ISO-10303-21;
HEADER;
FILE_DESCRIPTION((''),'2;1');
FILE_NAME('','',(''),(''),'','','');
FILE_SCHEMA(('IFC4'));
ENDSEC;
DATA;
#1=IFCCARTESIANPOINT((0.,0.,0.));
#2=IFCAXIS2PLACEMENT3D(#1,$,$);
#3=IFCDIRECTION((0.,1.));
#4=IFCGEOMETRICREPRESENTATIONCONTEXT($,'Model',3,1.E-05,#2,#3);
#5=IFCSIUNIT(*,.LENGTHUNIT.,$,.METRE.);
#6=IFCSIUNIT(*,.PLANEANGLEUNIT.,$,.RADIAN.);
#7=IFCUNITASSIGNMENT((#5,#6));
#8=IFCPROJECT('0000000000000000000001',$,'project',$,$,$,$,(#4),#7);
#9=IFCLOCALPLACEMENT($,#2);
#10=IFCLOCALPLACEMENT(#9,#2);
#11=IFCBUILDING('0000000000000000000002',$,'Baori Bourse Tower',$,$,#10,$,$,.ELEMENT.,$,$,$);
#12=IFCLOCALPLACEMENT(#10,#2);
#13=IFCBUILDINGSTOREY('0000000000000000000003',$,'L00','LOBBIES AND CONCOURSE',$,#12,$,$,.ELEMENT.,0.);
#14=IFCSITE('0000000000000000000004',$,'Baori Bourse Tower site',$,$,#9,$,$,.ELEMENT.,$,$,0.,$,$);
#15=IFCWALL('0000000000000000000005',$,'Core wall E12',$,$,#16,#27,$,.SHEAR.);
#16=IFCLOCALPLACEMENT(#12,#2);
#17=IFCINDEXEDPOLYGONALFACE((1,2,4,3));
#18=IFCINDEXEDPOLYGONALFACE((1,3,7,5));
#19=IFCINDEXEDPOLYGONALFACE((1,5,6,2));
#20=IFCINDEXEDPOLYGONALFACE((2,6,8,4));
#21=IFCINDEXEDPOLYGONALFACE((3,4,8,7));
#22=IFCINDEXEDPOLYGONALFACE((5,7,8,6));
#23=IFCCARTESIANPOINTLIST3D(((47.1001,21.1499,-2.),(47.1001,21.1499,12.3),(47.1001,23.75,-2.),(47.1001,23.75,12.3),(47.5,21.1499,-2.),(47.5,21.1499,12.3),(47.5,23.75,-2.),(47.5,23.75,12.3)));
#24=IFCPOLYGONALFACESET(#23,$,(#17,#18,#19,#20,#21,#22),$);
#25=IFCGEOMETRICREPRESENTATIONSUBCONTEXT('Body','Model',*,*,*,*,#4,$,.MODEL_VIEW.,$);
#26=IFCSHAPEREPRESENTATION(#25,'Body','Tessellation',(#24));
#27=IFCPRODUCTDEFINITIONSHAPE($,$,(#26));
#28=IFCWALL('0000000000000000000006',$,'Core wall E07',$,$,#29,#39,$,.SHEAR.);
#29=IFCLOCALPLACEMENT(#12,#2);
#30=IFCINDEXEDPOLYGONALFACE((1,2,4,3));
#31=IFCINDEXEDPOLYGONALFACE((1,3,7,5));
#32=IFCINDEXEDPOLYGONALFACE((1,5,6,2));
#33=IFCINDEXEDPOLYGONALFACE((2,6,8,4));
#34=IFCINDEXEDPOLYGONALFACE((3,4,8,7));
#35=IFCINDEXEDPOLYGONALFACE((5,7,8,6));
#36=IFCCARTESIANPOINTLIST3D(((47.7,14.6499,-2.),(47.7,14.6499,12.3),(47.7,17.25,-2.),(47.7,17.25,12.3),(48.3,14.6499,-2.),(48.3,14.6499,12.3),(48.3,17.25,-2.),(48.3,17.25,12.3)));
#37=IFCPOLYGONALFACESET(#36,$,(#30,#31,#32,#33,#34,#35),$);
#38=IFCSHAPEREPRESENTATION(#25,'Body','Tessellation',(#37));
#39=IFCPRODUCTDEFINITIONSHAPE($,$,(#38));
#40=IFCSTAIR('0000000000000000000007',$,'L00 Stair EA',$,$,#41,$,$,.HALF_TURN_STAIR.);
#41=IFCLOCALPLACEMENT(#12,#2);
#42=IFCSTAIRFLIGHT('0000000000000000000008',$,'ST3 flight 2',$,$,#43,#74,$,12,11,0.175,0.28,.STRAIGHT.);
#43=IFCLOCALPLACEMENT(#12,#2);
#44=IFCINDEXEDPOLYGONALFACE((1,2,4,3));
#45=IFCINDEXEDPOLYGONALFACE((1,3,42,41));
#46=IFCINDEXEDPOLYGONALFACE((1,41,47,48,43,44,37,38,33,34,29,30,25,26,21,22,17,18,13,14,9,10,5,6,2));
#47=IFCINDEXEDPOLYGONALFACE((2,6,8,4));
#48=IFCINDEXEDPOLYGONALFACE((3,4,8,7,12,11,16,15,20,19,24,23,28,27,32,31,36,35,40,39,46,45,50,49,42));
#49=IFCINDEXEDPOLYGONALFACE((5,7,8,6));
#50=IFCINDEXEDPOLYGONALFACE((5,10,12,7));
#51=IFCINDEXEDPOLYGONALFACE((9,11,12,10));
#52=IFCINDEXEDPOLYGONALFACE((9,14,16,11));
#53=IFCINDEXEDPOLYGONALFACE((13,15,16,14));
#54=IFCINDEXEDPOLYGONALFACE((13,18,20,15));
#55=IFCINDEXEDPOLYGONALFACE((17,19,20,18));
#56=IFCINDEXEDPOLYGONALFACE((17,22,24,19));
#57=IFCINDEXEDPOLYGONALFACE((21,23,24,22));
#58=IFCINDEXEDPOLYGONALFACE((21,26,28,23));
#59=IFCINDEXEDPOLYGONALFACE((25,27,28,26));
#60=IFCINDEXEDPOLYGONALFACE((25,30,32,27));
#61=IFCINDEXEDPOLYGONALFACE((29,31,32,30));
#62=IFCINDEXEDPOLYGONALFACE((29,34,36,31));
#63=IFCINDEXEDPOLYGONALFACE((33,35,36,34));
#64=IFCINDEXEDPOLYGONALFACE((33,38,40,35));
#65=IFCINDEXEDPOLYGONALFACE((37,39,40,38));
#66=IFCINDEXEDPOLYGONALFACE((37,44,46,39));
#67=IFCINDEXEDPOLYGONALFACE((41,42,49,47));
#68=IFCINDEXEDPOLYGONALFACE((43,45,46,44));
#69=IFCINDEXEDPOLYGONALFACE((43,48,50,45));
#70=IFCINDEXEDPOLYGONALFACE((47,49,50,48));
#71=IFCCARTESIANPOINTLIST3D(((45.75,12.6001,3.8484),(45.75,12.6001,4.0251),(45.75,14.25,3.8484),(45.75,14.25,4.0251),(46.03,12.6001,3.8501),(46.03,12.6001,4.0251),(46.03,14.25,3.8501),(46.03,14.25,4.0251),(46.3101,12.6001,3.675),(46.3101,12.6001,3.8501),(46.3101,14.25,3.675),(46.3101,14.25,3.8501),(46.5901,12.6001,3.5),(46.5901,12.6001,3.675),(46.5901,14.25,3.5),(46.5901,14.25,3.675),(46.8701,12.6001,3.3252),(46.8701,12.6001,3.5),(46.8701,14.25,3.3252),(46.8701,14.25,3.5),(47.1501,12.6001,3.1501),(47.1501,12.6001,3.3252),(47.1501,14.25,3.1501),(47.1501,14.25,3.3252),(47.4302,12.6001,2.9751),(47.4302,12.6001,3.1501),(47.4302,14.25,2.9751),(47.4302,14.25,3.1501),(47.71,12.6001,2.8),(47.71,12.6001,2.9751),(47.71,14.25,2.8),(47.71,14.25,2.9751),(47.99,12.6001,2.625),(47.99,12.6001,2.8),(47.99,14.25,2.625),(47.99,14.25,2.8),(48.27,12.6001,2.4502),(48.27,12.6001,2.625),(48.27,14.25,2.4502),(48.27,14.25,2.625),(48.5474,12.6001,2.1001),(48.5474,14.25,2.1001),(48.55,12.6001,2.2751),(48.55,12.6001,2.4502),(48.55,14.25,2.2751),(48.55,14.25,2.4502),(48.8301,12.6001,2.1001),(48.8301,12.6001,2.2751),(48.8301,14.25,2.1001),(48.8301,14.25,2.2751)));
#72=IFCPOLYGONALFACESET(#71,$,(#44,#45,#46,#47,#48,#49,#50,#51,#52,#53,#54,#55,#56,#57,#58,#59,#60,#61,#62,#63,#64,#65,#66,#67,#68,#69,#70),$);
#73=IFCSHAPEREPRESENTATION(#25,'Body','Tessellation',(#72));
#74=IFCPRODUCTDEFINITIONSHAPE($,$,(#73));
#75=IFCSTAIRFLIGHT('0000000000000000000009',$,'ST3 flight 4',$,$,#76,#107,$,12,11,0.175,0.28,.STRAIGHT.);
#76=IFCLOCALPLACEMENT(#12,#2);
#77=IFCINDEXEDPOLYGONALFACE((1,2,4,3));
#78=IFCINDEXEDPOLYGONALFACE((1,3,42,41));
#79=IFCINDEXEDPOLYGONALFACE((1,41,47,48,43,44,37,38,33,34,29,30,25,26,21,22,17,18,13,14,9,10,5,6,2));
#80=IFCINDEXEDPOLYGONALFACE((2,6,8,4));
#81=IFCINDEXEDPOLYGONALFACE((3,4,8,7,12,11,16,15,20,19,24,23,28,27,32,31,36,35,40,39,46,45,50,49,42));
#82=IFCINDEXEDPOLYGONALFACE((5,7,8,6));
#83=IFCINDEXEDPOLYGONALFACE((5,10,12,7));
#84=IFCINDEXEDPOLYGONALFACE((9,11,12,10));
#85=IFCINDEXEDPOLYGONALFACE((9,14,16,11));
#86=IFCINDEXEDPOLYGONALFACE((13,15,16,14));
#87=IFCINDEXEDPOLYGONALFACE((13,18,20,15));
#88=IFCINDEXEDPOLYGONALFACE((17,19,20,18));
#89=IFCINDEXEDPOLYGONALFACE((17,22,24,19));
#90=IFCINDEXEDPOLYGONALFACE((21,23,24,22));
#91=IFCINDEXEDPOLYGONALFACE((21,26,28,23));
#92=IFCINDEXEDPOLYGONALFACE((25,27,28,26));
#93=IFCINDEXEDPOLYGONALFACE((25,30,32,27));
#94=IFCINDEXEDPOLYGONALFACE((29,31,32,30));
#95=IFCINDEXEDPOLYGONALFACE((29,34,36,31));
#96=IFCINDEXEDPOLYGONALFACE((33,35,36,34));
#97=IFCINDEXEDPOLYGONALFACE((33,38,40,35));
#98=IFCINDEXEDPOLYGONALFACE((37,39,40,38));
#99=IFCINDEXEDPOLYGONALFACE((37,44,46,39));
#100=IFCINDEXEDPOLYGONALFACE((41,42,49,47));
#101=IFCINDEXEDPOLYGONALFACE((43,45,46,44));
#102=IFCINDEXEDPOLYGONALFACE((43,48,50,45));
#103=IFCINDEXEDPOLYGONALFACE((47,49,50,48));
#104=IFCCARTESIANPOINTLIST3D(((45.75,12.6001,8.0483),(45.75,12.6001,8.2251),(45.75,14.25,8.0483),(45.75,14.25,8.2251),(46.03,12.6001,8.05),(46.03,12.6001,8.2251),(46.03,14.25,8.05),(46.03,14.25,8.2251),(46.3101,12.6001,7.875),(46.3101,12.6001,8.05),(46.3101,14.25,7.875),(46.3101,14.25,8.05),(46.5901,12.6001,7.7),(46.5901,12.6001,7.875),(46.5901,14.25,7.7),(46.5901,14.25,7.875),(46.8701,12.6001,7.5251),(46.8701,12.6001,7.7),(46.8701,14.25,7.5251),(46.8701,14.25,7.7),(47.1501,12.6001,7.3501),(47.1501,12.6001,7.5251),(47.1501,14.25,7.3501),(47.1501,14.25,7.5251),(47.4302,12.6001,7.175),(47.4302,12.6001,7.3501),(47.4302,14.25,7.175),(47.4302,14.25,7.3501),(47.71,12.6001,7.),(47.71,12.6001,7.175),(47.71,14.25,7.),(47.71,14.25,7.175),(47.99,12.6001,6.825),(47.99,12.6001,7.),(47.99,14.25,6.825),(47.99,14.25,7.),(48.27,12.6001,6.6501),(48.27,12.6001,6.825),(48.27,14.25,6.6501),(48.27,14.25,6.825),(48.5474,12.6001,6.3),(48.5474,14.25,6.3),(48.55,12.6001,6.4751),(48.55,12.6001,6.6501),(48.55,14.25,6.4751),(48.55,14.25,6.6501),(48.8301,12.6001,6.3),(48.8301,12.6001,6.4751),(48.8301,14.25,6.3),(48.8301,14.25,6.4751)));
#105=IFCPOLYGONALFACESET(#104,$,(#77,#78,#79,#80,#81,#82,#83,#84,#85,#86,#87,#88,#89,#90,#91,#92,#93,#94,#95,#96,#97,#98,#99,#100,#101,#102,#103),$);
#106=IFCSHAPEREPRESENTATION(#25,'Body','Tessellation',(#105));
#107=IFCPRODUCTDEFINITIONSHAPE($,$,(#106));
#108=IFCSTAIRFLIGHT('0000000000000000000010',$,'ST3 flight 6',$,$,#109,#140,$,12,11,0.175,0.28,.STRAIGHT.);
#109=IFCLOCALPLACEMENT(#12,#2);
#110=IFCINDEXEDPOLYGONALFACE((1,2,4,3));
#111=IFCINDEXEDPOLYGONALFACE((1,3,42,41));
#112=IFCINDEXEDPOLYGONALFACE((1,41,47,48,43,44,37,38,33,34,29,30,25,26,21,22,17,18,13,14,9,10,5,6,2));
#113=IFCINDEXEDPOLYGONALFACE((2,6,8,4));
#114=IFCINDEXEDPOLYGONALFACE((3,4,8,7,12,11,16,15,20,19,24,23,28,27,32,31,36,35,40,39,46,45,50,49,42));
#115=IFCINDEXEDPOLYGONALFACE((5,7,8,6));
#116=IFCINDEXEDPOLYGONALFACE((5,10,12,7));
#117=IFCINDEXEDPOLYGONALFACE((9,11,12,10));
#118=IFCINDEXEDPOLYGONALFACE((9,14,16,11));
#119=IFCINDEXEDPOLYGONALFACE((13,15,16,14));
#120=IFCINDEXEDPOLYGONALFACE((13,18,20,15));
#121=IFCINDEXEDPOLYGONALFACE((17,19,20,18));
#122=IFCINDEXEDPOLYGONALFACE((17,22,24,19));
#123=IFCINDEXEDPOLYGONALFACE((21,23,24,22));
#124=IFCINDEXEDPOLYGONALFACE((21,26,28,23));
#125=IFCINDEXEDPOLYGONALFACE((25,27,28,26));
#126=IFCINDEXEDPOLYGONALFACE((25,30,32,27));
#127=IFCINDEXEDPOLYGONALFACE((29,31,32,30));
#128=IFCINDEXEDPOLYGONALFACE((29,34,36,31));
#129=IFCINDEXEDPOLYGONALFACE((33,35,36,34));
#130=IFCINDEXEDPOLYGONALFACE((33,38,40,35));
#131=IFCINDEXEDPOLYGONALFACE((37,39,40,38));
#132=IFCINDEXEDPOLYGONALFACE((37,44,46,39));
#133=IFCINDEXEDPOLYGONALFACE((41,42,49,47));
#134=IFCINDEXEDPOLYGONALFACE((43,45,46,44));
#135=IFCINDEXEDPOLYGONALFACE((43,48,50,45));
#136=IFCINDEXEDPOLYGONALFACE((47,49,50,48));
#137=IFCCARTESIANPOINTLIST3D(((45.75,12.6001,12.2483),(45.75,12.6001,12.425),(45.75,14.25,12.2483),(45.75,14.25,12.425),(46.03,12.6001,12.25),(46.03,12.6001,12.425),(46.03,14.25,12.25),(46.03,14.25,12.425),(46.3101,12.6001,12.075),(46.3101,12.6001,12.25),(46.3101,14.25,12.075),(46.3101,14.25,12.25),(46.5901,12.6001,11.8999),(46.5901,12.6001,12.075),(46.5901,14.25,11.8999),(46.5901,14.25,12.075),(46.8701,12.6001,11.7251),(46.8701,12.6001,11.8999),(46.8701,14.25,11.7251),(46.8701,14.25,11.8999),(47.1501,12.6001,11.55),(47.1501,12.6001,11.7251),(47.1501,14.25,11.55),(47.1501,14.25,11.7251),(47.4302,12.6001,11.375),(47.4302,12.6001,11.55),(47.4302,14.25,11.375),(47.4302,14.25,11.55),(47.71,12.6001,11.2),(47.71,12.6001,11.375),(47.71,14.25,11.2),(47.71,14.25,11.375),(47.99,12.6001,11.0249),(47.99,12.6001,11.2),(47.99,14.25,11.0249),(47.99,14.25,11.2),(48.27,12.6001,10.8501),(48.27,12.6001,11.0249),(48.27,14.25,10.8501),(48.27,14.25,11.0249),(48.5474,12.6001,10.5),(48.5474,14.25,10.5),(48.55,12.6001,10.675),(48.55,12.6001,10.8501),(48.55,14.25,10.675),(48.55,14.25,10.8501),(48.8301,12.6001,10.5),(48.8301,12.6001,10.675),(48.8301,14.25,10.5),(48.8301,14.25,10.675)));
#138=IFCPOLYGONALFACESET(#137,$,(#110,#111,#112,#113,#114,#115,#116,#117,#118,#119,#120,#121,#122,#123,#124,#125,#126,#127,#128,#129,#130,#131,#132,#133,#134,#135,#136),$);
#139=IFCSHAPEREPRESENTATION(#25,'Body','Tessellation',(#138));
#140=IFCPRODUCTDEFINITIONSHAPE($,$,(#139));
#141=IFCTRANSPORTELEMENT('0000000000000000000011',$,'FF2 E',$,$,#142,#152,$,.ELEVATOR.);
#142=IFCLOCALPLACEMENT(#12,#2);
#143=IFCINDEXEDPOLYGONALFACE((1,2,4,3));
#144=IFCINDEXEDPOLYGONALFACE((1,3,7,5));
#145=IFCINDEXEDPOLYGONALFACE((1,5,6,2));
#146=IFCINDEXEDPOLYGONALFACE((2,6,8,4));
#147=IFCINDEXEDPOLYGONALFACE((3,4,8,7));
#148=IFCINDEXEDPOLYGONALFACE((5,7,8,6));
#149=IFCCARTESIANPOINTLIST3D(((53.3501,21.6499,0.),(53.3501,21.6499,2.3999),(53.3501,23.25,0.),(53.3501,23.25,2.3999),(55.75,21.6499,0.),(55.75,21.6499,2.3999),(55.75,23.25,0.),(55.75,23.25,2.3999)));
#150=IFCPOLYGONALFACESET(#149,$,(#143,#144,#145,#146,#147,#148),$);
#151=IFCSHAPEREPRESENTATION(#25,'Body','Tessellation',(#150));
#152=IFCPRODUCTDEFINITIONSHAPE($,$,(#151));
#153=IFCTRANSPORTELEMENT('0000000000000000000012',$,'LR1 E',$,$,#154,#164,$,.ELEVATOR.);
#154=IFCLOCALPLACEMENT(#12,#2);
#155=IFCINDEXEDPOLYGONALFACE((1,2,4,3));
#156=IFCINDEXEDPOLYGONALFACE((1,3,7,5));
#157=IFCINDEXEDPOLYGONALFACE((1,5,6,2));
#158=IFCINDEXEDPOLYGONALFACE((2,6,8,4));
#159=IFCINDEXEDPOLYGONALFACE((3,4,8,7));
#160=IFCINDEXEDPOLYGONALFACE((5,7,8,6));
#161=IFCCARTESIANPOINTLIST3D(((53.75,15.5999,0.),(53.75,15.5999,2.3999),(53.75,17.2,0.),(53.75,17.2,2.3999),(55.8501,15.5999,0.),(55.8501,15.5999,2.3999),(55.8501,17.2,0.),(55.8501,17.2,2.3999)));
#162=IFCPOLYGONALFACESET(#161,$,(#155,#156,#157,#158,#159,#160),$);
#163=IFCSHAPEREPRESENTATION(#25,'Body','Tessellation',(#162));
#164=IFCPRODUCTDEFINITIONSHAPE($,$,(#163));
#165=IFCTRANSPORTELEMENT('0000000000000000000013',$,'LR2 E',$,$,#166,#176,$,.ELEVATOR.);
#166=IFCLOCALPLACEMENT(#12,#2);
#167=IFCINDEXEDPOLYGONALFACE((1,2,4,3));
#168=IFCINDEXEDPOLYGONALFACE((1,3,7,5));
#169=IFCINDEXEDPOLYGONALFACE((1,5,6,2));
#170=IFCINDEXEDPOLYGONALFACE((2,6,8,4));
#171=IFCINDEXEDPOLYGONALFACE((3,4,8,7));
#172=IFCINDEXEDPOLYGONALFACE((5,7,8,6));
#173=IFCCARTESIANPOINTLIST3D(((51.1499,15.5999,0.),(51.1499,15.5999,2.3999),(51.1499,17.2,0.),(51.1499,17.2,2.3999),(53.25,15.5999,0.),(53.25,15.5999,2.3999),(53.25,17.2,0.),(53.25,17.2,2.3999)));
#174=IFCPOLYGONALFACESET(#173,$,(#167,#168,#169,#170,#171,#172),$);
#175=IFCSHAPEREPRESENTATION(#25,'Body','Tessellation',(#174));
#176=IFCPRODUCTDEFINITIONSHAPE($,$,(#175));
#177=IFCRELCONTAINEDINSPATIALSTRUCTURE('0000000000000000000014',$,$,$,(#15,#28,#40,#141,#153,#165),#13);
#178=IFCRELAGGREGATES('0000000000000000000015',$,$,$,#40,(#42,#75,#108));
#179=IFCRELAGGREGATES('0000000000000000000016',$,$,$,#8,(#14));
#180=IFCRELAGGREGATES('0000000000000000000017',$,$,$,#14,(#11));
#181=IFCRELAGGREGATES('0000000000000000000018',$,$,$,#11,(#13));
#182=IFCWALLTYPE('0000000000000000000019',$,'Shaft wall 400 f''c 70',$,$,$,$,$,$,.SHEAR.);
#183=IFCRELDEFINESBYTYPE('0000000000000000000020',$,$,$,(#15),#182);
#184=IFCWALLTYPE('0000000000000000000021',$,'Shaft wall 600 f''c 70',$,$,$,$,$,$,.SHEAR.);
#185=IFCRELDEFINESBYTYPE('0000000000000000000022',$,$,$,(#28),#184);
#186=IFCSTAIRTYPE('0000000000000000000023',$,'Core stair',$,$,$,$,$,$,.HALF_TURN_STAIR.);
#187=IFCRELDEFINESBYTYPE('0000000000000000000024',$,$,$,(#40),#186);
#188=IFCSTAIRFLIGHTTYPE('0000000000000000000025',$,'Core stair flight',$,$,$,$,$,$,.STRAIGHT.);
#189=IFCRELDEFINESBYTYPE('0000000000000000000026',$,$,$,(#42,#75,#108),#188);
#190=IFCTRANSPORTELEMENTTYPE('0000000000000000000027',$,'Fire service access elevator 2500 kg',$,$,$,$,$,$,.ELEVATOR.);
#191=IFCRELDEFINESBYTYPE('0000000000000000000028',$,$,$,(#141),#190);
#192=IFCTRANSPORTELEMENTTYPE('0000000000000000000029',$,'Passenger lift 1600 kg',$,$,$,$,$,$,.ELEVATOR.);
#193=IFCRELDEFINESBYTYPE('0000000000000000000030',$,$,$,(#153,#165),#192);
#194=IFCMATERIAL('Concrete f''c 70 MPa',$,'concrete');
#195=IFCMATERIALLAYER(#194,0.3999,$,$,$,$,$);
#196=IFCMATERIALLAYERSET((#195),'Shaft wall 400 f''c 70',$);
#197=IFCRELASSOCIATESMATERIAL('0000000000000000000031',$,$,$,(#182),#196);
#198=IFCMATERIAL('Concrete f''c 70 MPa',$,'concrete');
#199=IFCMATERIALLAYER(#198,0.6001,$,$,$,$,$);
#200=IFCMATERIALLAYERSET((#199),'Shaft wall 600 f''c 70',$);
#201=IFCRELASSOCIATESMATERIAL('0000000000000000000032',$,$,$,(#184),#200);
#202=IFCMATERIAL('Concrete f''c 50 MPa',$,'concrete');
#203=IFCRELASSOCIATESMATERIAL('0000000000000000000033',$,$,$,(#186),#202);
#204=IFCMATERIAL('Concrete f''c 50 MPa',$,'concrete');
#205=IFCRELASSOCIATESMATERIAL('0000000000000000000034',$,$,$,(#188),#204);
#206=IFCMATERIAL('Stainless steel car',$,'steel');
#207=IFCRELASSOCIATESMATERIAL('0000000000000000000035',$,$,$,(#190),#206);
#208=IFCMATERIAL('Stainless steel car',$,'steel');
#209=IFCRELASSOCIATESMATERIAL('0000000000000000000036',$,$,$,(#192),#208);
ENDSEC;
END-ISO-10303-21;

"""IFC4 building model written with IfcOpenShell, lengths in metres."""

from ifc_helpers import new_model, si_unit, direction, frame, frame_2d, origin, origin_2d, place, context, subcontext, project, spatial, polyline, rectangle, outline, extrude, material, layer, layer_set, type_object, element, aggregate, save


model = new_model("IFC4")

# Units and contexts
model_context = context("Model", 3, precision=1e-05, world=origin(), true_north=direction((0.0, 1.0)))
body_context = subcontext(model_context, "Body", "Model", "MODEL_VIEW")
ifc_project = project(units=[si_unit("LENGTHUNIT", "METRE"), si_unit("PLANEANGLEUNIT", "RADIAN")], contexts=[model_context])

# Site, building, storey
site_placement = place(None, origin())
site = spatial("IfcSite", under=ifc_project, at=site_placement, Name="Baori Bourse Tower site", CompositionType="ELEMENT", RefElevation=0.0)
building_placement = place(site_placement, origin())
building = spatial("IfcBuilding", under=site, at=building_placement, Name="Baori Bourse Tower", CompositionType="ELEMENT")
storey_placement = place(building_placement, origin())
storey = spatial("IfcBuildingStorey", under=building, at=storey_placement, Name="L00", Description="LOBBIES AND CONCOURSE", CompositionType="ELEMENT", Elevation=0.0)

# Shared definitions
ifc_material_1 = material(Name="Concrete f'c 70 MPa", Category="concrete")
ifc_layer_1 = layer(ifc_material_1, 0.3999)
ifc_layer_set_1 = layer_set([ifc_layer_1], Name="Shaft wall 400 f'c 70")
wall_type_1 = type_object("IfcWallType", Name="Shaft wall 400 f'c 70", PredefinedType="SHEAR", material=ifc_layer_set_1)

# Walls
wall_1_placement = place(storey_placement, frame((47.3, 21.1499, -2.0), z_axis=(0.0, 0.0, 1.0), x_axis=(0.0, 1.0, 0.0)))
element("IfcWall", 1, at=wall_1_placement, inside=storey, type_object=wall_type_1, Name="Core wall E12", PredefinedType="SHEAR", context=body_context, shape_type="SweptSolid", body=[
    extrude(rectangle(XDim=2.6001, YDim=0.3999, at=frame_2d((1.3, 0.0))), origin(), (0.0, 0.0, 1.0), 14.3),
])
ifc_material_2 = material(Name="Concrete f'c 70 MPa", Category="concrete")
ifc_layer_2 = layer(ifc_material_2, 0.6001)
ifc_layer_set_2 = layer_set([ifc_layer_2], Name="Shaft wall 600 f'c 70")
wall_type_2 = type_object("IfcWallType", Name="Shaft wall 600 f'c 70", PredefinedType="SHEAR", material=ifc_layer_set_2)
wall_2_placement = place(storey_placement, frame((48.0, 14.6499, -2.0), z_axis=(0.0, 0.0, 1.0), x_axis=(0.0, 1.0, 0.0)))
element("IfcWall", 2, at=wall_2_placement, inside=storey, type_object=wall_type_2, Name="Core wall E07", PredefinedType="SHEAR", context=body_context, shape_type="SweptSolid", body=[
    extrude(rectangle(XDim=2.6001, YDim=0.6001, at=frame_2d((1.3, 0.0))), origin(), (0.0, 0.0, 1.0), 14.3),
])

# Stair, stair flights
ifc_material_3 = material(Name="Concrete f'c 50 MPa", Category="concrete")
stair_type = type_object("IfcStairType", Name="Core stair", PredefinedType="HALF_TURN_STAIR", material=ifc_material_3)
stair_placement = place(storey_placement, origin())
stair = element("IfcStair", 3, at=stair_placement, inside=storey, type_object=stair_type, Name="L00 Stair EA", PredefinedType="HALF_TURN_STAIR")
ifc_material_4 = material(Name="Concrete f'c 50 MPa", Category="concrete")
stair_flight_type = type_object("IfcStairFlightType", Name="Core stair flight", PredefinedType="STRAIGHT", material=ifc_material_4)
stair_flight_1_placement = place(storey_placement, frame((48.8301, 13.425, 2.1001), z_axis=(0.0, 0.0, 1.0), x_axis=(-1.0, 0.0, 0.0)))
stair_flight_1 = element("IfcStairFlight", 4, at=stair_flight_1_placement, type_object=stair_flight_type, Name="ST3 flight 2", NumberOfRisers=12, NumberOfTreads=11, PredefinedType="STRAIGHT", RiserHeight=0.175, TreadLength=0.28, context=body_context, shape_type="SweptSolid", body=[
    extrude(outline(polyline([(0.0, 0.0), (0.0, 0.175), (0.28, 0.175), (0.28, 0.3501), (0.5601, 0.3501), (0.5601, 0.5249), (0.8401, 0.5249), (0.8401, 0.7), (1.1201, 0.7), (1.1201, 0.875), (1.3999, 0.875), (1.3999, 1.05), (1.6799, 1.05), (1.6799, 1.2251), (1.96, 1.2251), (1.96, 1.3999), (2.24, 1.3999), (2.24, 1.575), (2.52, 1.575), (2.52, 1.75), (2.8, 1.75), (2.8, 1.925), (3.0801, 1.925), (3.0801, 2.1001), (3.0801, 1.7483), (0.2827, 0.0), (0.0, 0.0)])), frame((0.0, 0.825, 0.0), z_axis=(0.0, -1.0, 0.0), x_axis=(1.0, 0.0, 0.0)), (0.0, 0.0, 1.0), 1.6499),
])
stair_flight_2_placement = place(storey_placement, frame((48.8301, 13.425, 6.3), z_axis=(0.0, 0.0, 1.0), x_axis=(-1.0, 0.0, 0.0)))
stair_flight_2 = element("IfcStairFlight", 5, at=stair_flight_2_placement, type_object=stair_flight_type, Name="ST3 flight 4", NumberOfRisers=12, NumberOfTreads=11, PredefinedType="STRAIGHT", RiserHeight=0.175, TreadLength=0.28, context=body_context, shape_type="SweptSolid", body=[
    extrude(outline(polyline([(0.0, 0.0), (0.0, 0.175), (0.28, 0.175), (0.28, 0.3501), (0.5601, 0.3501), (0.5601, 0.5249), (0.8401, 0.5249), (0.8401, 0.7), (1.1201, 0.7), (1.1201, 0.875), (1.3999, 0.875), (1.3999, 1.05), (1.6799, 1.05), (1.6799, 1.2251), (1.96, 1.2251), (1.96, 1.3999), (2.24, 1.3999), (2.24, 1.575), (2.52, 1.575), (2.52, 1.75), (2.8, 1.75), (2.8, 1.925), (3.0801, 1.925), (3.0801, 2.1001), (3.0801, 1.7483), (0.2827, 0.0), (0.0, 0.0)])), frame((0.0, 0.825, 0.0), z_axis=(0.0, -1.0, 0.0), x_axis=(1.0, 0.0, 0.0)), (0.0, 0.0, 1.0), 1.6499),
])
stair_flight_3_placement = place(storey_placement, frame((48.8301, 13.425, 10.5), z_axis=(0.0, 0.0, 1.0), x_axis=(-1.0, 0.0, 0.0)))
stair_flight_3 = element("IfcStairFlight", 6, at=stair_flight_3_placement, type_object=stair_flight_type, Name="ST3 flight 6", NumberOfRisers=12, NumberOfTreads=11, PredefinedType="STRAIGHT", RiserHeight=0.175, TreadLength=0.28, context=body_context, shape_type="SweptSolid", body=[
    extrude(outline(polyline([(0.0, 0.0), (0.0, 0.175), (0.28, 0.175), (0.28, 0.3501), (0.5601, 0.3501), (0.5601, 0.5249), (0.8401, 0.5249), (0.8401, 0.7), (1.1201, 0.7), (1.1201, 0.875), (1.3999, 0.875), (1.3999, 1.05), (1.6799, 1.05), (1.6799, 1.2251), (1.96, 1.2251), (1.96, 1.3999), (2.24, 1.3999), (2.24, 1.575), (2.52, 1.575), (2.52, 1.75), (2.8, 1.75), (2.8, 1.925), (3.0801, 1.925), (3.0801, 2.1001), (3.0801, 1.7483), (0.2827, 0.0), (0.0, 0.0)])), frame((0.0, 0.825, 0.0), z_axis=(0.0, -1.0, 0.0), x_axis=(1.0, 0.0, 0.0)), (0.0, 0.0, 1.0), 1.6499),
])
aggregate(stair, [stair_flight_1, stair_flight_2, stair_flight_3])

# Transport elements
ifc_material_5 = material(Name="Stainless steel car", Category="steel")
transport_element_type_1 = type_object("IfcTransportElementType", Name="Fire service access elevator 2500 kg", PredefinedType="ELEVATOR", material=ifc_material_5)
transport_element_placement = place(storey_placement, frame((54.55, 22.45, 0.0), z_axis=(0.0, 0.0, 1.0), x_axis=(1.0, 0.0, 0.0)))
element("IfcTransportElement", 7, at=transport_element_placement, inside=storey, type_object=transport_element_type_1, Name="FF2 E", PredefinedType="ELEVATOR", context=body_context, shape_type="SweptSolid", body=[
    extrude(rectangle(XDim=2.3999, YDim=1.6001, at=origin_2d()), origin(), (0.0, 0.0, 1.0), 2.3999),
])
ifc_material_6 = material(Name="Stainless steel car", Category="steel")
transport_element_type_2 = type_object("IfcTransportElementType", Name="Passenger lift 1600 kg", PredefinedType="ELEVATOR", material=ifc_material_6)
for number, where, z_axis, x_axis, name in (
    (8, (54.8, 16.3999, 0.0), (0.0, 0.0, 1.0), (1.0, 0.0, 0.0), "LR1 E"),
    (9, (52.2, 16.3999, 0.0), (0.0, 0.0, 1.0), (1.0, 0.0, 0.0), "LR2 E"),
):
    element("IfcTransportElement", number, at=place(storey_placement, frame(where, z_axis=z_axis, x_axis=x_axis)), inside=storey, type_object=transport_element_type_2, Name=name, PredefinedType="ELEVATOR", context=body_context, shape_type="SweptSolid", body=[
        extrude(rectangle(XDim=2.1001, YDim=1.6001, at=origin_2d()), origin(), (0.0, 0.0, 1.0), 2.3999),
    ])

save(model, "model.ifc")
